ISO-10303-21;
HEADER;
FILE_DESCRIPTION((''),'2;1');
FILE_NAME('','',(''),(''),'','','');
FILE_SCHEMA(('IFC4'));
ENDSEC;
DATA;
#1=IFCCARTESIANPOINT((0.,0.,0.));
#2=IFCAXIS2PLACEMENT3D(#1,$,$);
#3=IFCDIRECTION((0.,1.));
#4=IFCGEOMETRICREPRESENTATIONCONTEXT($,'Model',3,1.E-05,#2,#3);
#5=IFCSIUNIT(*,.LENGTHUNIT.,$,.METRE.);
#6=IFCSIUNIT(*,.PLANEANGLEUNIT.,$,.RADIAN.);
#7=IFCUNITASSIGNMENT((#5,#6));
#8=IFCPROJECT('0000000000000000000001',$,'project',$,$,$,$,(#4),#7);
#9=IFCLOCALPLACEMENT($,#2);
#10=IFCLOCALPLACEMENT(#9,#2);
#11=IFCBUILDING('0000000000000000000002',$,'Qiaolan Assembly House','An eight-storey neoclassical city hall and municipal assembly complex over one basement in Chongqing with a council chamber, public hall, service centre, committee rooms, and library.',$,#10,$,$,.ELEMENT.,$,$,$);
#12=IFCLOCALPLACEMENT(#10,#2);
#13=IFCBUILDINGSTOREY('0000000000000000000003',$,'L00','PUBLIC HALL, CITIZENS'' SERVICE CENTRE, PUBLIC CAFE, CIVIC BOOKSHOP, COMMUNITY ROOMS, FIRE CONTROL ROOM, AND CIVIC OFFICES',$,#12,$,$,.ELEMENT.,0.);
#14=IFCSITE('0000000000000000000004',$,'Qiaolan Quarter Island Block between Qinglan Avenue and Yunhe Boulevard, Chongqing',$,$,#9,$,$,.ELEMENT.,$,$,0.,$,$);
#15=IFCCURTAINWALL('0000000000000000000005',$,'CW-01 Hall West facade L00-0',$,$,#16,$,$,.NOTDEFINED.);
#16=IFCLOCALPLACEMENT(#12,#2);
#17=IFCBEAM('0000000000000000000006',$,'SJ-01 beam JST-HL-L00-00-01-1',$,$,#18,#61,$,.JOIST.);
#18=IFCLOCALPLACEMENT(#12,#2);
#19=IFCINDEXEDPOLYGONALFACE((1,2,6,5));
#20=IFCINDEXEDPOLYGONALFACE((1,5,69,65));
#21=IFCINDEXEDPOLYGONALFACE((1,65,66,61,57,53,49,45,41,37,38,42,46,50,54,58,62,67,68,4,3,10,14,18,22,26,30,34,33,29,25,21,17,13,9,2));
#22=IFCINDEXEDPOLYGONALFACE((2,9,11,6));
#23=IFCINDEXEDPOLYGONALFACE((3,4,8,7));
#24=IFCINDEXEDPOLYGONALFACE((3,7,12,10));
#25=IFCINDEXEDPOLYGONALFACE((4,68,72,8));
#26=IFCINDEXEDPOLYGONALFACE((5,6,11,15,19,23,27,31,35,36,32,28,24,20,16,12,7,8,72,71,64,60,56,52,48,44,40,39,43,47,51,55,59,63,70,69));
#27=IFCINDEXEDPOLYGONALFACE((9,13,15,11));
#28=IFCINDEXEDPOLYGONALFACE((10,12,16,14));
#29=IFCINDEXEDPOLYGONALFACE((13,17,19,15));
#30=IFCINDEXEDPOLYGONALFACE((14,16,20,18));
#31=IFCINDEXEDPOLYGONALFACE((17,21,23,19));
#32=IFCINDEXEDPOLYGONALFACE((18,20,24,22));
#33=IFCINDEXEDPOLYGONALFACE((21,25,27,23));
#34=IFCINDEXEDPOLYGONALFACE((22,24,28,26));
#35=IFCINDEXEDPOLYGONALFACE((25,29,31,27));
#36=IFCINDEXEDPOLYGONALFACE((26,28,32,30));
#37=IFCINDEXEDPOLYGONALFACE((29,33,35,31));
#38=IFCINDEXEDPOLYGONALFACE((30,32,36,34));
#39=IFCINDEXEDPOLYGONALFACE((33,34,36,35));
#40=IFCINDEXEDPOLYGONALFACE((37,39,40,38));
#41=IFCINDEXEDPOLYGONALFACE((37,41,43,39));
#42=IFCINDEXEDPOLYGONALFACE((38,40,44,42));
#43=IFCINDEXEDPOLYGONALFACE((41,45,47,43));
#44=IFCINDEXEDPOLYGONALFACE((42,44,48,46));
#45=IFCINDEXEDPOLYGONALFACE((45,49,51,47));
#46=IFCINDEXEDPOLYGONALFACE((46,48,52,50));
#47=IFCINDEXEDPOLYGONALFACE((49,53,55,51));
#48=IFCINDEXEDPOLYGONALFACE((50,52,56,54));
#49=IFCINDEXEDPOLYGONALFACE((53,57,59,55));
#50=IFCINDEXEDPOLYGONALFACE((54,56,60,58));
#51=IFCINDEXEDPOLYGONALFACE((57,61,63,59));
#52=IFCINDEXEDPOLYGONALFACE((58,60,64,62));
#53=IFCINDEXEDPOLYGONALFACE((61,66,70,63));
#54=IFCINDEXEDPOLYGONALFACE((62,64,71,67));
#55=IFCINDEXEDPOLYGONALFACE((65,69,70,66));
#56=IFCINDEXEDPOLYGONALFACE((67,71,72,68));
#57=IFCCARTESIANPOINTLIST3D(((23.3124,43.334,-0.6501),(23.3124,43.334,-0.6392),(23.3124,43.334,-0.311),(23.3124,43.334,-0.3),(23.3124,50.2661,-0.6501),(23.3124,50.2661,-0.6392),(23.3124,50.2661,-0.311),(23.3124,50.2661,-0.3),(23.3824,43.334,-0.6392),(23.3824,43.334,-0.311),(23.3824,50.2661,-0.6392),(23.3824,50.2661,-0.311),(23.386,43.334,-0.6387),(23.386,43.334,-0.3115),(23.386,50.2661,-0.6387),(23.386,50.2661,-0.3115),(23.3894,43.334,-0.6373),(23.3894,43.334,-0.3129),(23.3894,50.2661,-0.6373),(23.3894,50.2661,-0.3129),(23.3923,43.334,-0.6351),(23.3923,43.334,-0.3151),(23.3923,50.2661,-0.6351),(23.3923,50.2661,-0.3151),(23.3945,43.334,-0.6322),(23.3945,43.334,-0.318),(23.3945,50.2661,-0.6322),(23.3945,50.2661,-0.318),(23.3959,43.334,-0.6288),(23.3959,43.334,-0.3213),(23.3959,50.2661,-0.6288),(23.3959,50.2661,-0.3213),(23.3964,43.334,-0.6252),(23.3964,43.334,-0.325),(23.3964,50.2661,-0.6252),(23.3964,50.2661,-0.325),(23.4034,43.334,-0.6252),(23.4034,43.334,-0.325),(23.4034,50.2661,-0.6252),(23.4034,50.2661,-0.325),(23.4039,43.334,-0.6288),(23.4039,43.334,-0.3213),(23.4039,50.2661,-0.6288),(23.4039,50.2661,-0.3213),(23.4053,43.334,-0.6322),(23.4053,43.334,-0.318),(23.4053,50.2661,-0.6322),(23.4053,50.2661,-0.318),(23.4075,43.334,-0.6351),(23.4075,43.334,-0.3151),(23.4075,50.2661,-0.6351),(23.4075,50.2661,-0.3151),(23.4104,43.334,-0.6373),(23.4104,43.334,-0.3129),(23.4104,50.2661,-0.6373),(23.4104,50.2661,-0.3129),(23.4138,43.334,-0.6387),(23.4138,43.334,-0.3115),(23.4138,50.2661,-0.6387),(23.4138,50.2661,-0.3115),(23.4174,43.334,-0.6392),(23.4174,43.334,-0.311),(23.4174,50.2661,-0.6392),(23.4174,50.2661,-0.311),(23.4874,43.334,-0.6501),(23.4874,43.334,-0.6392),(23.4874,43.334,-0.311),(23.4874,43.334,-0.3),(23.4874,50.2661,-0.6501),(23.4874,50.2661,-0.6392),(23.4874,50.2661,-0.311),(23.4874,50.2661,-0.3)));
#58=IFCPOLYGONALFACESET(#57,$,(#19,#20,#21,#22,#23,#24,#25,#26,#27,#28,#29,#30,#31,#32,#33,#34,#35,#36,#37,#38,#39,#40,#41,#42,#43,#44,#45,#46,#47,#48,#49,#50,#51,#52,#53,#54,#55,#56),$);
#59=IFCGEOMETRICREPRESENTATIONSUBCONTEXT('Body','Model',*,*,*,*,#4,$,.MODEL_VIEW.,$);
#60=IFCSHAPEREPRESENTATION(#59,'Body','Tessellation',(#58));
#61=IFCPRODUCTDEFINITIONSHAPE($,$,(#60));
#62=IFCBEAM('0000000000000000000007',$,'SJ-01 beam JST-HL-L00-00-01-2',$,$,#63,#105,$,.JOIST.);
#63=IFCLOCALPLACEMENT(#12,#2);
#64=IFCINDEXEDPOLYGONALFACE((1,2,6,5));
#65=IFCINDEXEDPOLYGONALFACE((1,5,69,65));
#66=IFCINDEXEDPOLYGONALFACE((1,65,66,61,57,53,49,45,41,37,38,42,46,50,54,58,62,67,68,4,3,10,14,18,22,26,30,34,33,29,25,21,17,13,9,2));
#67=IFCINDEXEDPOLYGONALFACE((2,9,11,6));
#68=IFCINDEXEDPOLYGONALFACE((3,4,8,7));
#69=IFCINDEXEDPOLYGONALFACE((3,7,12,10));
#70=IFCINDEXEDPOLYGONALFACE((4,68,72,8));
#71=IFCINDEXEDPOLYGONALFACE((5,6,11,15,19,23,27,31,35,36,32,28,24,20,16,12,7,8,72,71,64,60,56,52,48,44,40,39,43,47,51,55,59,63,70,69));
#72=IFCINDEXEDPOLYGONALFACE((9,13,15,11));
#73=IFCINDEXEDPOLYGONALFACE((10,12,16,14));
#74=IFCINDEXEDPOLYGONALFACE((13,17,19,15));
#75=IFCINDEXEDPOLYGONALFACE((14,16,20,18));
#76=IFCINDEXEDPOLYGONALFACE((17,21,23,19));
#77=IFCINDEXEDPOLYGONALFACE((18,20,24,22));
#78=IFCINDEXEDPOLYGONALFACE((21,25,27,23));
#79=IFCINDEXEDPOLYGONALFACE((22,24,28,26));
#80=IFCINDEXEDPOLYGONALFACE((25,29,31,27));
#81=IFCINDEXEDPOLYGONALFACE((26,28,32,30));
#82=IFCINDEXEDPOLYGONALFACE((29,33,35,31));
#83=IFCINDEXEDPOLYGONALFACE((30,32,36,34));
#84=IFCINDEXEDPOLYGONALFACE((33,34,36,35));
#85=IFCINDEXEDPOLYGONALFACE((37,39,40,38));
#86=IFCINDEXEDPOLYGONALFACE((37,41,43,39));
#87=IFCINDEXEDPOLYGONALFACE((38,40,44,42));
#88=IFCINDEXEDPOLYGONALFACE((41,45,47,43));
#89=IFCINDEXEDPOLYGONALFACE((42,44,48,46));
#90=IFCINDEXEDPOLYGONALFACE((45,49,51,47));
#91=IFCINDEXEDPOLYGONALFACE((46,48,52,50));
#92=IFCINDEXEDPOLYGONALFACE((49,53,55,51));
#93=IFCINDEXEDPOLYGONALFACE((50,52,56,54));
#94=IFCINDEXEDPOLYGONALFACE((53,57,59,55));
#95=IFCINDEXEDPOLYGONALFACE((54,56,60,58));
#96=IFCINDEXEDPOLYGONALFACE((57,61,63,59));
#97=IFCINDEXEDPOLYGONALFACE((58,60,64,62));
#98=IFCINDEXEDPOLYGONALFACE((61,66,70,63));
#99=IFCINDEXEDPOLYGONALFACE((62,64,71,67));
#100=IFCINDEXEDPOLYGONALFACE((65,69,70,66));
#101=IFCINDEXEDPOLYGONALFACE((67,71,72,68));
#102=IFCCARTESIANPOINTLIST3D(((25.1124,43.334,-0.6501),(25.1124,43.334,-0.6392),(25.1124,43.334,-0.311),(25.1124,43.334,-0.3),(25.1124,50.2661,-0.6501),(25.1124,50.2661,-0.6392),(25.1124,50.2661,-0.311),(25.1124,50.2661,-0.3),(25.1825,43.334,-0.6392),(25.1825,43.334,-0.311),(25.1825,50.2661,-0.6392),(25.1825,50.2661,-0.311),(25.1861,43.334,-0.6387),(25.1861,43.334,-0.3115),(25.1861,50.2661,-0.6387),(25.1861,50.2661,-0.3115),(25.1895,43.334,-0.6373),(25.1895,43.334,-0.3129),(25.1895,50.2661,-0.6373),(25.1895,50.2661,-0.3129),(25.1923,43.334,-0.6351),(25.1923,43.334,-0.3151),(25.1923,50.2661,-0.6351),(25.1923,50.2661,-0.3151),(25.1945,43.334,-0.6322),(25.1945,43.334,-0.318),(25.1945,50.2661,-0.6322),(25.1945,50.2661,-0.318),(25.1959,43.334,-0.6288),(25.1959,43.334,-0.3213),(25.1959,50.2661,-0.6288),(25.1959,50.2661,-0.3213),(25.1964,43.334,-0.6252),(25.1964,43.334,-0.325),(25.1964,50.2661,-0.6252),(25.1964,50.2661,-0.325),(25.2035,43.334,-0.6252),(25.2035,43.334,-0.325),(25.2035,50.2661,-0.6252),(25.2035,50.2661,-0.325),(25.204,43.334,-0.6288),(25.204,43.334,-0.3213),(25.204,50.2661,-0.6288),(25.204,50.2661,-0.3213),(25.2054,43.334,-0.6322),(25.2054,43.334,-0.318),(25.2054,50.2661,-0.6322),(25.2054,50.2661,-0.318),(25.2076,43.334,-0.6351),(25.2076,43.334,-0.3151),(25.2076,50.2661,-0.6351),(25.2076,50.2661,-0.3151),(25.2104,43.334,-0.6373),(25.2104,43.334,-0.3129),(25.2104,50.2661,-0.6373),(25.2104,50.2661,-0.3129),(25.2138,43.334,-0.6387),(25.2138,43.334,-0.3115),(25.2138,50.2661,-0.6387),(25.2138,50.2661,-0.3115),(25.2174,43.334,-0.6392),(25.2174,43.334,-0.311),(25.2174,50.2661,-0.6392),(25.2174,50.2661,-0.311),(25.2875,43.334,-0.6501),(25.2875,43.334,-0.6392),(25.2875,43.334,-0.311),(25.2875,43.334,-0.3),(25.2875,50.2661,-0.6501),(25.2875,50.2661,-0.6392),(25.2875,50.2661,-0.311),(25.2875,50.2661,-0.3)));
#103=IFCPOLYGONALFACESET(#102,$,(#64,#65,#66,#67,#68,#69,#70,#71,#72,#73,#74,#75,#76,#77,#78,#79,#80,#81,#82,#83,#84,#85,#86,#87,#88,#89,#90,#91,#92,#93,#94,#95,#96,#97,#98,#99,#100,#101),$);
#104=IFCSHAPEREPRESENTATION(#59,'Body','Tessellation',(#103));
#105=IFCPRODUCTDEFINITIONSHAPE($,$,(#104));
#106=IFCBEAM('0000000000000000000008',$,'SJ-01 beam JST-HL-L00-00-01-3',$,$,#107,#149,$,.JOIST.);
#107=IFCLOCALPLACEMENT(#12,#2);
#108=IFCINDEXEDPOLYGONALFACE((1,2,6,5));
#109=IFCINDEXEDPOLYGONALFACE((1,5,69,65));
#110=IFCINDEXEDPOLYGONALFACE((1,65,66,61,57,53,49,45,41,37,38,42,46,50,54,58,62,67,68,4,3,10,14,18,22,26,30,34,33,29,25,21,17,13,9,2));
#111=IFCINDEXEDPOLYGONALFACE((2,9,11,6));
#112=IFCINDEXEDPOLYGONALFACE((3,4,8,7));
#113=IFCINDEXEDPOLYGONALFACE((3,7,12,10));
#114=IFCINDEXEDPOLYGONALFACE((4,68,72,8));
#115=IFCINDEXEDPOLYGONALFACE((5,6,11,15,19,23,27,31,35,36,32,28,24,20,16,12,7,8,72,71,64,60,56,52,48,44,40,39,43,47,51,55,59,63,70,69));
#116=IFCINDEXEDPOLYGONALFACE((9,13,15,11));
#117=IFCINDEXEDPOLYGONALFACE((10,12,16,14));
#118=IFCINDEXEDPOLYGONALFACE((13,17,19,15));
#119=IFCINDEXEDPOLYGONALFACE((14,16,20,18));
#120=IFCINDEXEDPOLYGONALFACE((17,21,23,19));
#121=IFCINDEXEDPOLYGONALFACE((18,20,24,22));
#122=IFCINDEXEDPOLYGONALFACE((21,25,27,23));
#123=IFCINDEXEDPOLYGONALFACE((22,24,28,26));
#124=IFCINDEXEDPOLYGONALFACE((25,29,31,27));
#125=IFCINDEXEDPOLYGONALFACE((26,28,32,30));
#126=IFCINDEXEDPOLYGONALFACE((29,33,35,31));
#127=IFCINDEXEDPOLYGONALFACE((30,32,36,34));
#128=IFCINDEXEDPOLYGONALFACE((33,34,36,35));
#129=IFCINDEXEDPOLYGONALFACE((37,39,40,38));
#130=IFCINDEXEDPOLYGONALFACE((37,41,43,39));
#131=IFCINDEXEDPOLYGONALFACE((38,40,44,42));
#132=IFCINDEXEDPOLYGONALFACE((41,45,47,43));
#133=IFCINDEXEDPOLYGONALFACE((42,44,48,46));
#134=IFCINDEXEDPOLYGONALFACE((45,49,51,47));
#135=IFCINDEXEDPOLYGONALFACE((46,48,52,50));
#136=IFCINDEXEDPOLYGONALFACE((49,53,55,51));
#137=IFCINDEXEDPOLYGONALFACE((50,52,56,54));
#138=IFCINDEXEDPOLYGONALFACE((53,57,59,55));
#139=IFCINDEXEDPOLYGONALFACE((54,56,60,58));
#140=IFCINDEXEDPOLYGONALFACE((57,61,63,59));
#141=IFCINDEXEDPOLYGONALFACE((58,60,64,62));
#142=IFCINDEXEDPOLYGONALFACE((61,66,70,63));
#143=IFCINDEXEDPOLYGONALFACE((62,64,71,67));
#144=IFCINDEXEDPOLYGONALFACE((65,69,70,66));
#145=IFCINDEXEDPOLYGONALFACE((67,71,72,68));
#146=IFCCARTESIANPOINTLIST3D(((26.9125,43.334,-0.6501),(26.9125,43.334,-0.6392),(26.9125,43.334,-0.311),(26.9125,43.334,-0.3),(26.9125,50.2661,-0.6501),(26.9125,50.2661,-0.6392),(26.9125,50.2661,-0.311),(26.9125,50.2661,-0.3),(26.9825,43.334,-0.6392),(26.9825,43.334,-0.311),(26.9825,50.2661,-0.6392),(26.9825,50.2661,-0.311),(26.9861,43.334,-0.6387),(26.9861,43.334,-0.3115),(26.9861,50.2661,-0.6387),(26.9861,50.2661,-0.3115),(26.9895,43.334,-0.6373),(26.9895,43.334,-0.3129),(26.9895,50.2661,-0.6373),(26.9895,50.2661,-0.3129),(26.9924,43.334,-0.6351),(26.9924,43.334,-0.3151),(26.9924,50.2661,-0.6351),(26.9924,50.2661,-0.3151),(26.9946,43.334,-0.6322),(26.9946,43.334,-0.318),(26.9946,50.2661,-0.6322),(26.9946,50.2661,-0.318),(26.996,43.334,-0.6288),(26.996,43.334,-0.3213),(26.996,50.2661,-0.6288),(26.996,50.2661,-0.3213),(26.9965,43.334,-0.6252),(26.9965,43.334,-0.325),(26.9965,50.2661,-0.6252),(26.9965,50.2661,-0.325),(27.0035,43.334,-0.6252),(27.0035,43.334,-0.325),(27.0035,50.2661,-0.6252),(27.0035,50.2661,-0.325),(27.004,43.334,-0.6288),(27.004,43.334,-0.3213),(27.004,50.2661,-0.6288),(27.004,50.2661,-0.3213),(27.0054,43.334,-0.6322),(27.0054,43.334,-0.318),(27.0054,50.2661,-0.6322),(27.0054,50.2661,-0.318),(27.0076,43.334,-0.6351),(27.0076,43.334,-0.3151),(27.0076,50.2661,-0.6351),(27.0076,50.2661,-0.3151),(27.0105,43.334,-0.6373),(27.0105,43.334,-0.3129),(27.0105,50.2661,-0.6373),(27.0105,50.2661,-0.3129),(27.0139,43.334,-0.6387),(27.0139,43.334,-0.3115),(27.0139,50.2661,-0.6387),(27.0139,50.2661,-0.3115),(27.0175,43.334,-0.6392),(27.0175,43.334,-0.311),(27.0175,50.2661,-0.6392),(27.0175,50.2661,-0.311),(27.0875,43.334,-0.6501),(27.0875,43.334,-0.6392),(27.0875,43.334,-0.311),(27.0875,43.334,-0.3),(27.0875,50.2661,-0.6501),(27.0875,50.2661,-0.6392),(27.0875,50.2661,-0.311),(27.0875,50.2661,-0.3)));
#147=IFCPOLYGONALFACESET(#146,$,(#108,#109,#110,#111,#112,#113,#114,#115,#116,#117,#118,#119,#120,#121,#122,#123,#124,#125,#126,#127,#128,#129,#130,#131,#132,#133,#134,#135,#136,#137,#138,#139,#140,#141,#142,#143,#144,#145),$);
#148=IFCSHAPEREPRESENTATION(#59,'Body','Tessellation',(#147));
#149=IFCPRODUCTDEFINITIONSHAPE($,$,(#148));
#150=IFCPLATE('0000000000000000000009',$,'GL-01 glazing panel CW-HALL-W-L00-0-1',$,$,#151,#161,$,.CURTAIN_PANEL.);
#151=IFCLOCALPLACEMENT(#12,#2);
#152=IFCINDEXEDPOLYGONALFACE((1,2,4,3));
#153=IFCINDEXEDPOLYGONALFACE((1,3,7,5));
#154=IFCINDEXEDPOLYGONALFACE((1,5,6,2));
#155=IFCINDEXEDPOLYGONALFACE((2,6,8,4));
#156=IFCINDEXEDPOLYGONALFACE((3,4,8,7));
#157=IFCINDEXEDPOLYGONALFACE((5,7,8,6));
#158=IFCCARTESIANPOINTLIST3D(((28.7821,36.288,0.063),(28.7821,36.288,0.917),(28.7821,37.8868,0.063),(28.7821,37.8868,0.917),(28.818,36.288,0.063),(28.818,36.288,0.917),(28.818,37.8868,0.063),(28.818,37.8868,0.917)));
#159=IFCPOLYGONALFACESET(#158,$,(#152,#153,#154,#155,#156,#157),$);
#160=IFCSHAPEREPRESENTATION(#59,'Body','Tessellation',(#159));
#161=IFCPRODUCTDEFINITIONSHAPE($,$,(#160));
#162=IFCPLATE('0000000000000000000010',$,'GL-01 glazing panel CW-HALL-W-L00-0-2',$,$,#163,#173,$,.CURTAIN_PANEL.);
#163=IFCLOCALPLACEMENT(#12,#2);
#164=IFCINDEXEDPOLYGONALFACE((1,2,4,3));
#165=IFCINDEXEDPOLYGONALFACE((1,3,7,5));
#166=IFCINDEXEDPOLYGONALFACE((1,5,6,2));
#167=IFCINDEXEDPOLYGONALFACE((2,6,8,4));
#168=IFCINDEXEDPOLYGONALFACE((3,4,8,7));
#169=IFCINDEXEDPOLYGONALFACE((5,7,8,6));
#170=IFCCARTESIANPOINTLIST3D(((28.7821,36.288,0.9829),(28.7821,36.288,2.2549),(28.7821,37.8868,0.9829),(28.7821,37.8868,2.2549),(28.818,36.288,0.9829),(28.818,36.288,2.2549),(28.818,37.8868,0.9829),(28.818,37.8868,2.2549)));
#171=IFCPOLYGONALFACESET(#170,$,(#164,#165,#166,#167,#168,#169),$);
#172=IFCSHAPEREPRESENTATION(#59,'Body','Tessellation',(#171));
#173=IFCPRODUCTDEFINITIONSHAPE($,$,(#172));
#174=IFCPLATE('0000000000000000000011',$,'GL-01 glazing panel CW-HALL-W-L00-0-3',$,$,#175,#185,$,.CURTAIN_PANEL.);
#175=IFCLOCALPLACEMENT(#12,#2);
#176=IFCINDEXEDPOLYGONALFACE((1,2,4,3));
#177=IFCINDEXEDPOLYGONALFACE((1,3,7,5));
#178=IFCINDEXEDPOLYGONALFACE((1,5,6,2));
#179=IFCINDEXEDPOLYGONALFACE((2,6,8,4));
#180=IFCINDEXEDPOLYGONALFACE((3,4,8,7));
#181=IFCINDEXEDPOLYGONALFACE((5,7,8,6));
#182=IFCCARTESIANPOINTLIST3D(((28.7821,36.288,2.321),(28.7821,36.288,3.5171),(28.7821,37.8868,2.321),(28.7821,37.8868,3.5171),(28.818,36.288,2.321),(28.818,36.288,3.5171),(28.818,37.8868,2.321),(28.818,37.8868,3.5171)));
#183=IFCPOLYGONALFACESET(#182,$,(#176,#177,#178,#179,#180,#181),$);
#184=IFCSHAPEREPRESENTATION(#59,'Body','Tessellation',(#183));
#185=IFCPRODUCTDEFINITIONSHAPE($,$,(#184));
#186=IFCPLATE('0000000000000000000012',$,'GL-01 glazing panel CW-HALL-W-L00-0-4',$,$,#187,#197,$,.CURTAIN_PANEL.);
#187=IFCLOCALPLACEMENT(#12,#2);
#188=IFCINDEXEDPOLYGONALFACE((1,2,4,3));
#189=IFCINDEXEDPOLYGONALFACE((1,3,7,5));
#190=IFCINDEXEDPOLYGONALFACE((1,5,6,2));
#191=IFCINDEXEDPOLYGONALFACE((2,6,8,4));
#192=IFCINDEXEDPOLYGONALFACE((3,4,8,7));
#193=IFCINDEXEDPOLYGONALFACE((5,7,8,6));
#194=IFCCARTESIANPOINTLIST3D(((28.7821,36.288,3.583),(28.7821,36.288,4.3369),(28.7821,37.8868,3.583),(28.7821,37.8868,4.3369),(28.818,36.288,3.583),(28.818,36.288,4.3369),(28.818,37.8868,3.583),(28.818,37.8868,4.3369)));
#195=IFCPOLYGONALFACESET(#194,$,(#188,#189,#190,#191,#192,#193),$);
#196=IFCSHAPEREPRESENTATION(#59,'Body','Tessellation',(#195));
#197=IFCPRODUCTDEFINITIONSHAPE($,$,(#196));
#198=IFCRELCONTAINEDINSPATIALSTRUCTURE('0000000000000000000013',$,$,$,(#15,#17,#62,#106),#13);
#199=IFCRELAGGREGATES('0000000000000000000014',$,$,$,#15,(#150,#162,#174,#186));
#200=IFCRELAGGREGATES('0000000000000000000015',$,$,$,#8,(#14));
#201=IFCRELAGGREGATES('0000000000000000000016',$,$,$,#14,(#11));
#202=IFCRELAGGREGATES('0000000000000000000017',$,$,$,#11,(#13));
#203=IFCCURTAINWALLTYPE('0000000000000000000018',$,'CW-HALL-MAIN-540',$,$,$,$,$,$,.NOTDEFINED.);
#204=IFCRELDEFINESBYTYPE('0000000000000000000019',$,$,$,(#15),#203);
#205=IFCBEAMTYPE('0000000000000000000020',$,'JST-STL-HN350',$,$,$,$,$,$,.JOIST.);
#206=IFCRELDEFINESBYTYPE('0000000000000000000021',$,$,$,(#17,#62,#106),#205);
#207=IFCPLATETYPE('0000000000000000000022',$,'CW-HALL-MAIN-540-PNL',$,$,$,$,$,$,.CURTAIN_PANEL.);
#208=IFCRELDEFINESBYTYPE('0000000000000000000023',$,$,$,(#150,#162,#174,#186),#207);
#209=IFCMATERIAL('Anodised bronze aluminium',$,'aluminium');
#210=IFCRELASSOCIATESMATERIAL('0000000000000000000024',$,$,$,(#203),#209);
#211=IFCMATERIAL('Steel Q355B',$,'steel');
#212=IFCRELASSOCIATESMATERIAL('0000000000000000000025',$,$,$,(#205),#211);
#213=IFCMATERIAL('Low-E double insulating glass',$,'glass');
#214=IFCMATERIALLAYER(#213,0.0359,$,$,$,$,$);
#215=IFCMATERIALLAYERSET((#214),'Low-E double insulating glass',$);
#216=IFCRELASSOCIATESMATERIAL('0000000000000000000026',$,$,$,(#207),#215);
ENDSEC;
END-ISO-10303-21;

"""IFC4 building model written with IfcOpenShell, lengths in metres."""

from ifc_helpers import new_model, si_unit, direction, frame, frame_2d, origin, origin_2d, place, context, subcontext, project, spatial, rectangle, i_section, extrude, material, layer, layer_set, material_profile, profile_set, type_object, element, aggregate, save


model = new_model("IFC4")

# Units and contexts
model_context = context("Model", 3, precision=1e-05, world=origin(), true_north=direction((0.0, 1.0)))
body_context = subcontext(model_context, "Body", "Model", "MODEL_VIEW")
ifc_project = project(units=[si_unit("LENGTHUNIT", "METRE"), si_unit("PLANEANGLEUNIT", "RADIAN")], contexts=[model_context])

# Site, building, storey
site_placement = place(None, origin())
site = spatial("IfcSite", under=ifc_project, at=site_placement, Name="Qiaolan Quarter Island Block between Qinglan Avenue and Yunhe Boulevard, Chongqing", CompositionType="ELEMENT", RefElevation=0.0)
building_placement = place(site_placement, origin())
building = spatial("IfcBuilding", under=site, at=building_placement, Name="Qiaolan Assembly House", Description="An eight-storey neoclassical city hall and municipal assembly complex over one basement in Chongqing with a council chamber, public hall, service centre, committee rooms, and library.", CompositionType="ELEMENT")
storey_placement = place(building_placement, origin())
storey = spatial("IfcBuildingStorey", under=building, at=storey_placement, Name="L00", Description="PUBLIC HALL, CITIZENS' SERVICE CENTRE, PUBLIC CAFE, CIVIC BOOKSHOP, COMMUNITY ROOMS, FIRE CONTROL ROOM, AND CIVIC OFFICES", CompositionType="ELEMENT", Elevation=0.0)

# Shared definitions
ifc_material_1 = material(Name="Steel Q355B", Category="steel")

# Curtain wall
ifc_material_2 = material(Name="Anodised bronze aluminium", Category="aluminium")
curtain_wall_type = type_object("IfcCurtainWallType", Name="CW-HALL-MAIN-540", PredefinedType="NOTDEFINED", material=ifc_material_2)
curtain_wall_placement = place(storey_placement, origin())
curtain_wall = element("IfcCurtainWall", 1, at=curtain_wall_placement, inside=storey, type_object=curtain_wall_type, Name="CW-01 Hall West facade L00-0", PredefinedType="NOTDEFINED")

# Beams
ifc_material_profile_1 = material_profile(ifc_material_1, i_section(OverallWidth=0.175, OverallDepth=0.3501, WebThickness=0.0071, FlangeThickness=0.011, FilletRadius=0.0139, at=origin_2d()), Name="HN 350x175x7x11")
ifc_profile_set_1 = profile_set([ifc_material_profile_1], Name="Steel Q355B")
beam_type_1 = type_object("IfcBeamType", Name="JST-STL-HN350", PredefinedType="JOIST", material=ifc_profile_set_1)
for number, where, z_axis, x_axis, name in (
    (2, (23.3999, 43.334, -0.4751), (0.0, 1.0, 0.0), (-1.0, 0.0, 0.0), "SJ-01 beam JST-HL-L00-00-01-1"),
    (3, (25.2, 43.334, -0.4751), (0.0, 1.0, 0.0), (-1.0, 0.0, 0.0), "SJ-01 beam JST-HL-L00-00-01-2"),
    (4, (27.0, 43.334, -0.4751), (0.0, 1.0, 0.0), (-1.0, 0.0, 0.0), "SJ-01 beam JST-HL-L00-00-01-3"),
):
    element("IfcBeam", number, at=place(storey_placement, frame(where, z_axis=z_axis, x_axis=x_axis)), inside=storey, type_object=beam_type_1, Name=name, PredefinedType="JOIST", context=body_context, shape_type="SweptSolid", body=[
        extrude(i_section(OverallWidth=0.175, OverallDepth=0.3501, WebThickness=0.0071, FlangeThickness=0.011, FilletRadius=0.0139, at=origin_2d()), origin(), (0.0, 0.0, 1.0), 6.9321),
    ])

# Plates
ifc_material_3 = material(Name="Low-E double insulating glass", Category="glass")
ifc_layer = layer(ifc_material_3, 0.0359)
ifc_layer_set = layer_set([ifc_layer], Name="Low-E double insulating glass")
plate_type = type_object("IfcPlateType", Name="CW-HALL-MAIN-540-PNL", PredefinedType="CURTAIN_PANEL", material=ifc_layer_set)
plate_1_placement = place(storey_placement, frame((28.8, 36.2881, 0.063), z_axis=(0.0, 0.0, 1.0), x_axis=(0.0, 1.0, 0.0)))
plate_1 = element("IfcPlate", 5, at=plate_1_placement, type_object=plate_type, Name="GL-01 glazing panel CW-HALL-W-L00-0-1", PredefinedType="CURTAIN_PANEL", context=body_context, shape_type="SweptSolid", body=[
    extrude(rectangle(XDim=1.5989, YDim=0.0359, at=frame_2d((0.7993, 0.0))), origin(), (0.0, 0.0, 1.0), 0.854),
])
plate_2_placement = place(storey_placement, frame((28.8, 36.2881, 0.9829), z_axis=(0.0, 0.0, 1.0), x_axis=(0.0, 1.0, 0.0)))
plate_2 = element("IfcPlate", 6, at=plate_2_placement, type_object=plate_type, Name="GL-01 glazing panel CW-HALL-W-L00-0-2", PredefinedType="CURTAIN_PANEL", context=body_context, shape_type="SweptSolid", body=[
    extrude(rectangle(XDim=1.5989, YDim=0.0359, at=frame_2d((0.7993, 0.0))), origin(), (0.0, 0.0, 1.0), 1.272),
])
plate_3_placement = place(storey_placement, frame((28.8, 36.2881, 2.321), z_axis=(0.0, 0.0, 1.0), x_axis=(0.0, 1.0, 0.0)))
plate_3 = element("IfcPlate", 7, at=plate_3_placement, type_object=plate_type, Name="GL-01 glazing panel CW-HALL-W-L00-0-3", PredefinedType="CURTAIN_PANEL", context=body_context, shape_type="SweptSolid", body=[
    extrude(rectangle(XDim=1.5989, YDim=0.0359, at=frame_2d((0.7993, 0.0))), origin(), (0.0, 0.0, 1.0), 1.196),
])
plate_4_placement = place(storey_placement, frame((28.8, 36.2881, 3.583), z_axis=(0.0, 0.0, 1.0), x_axis=(0.0, 1.0, 0.0)))
plate_4 = element("IfcPlate", 8, at=plate_4_placement, type_object=plate_type, Name="GL-01 glazing panel CW-HALL-W-L00-0-4", PredefinedType="CURTAIN_PANEL", context=body_context, shape_type="SweptSolid", body=[
    extrude(rectangle(XDim=1.5989, YDim=0.0359, at=frame_2d((0.7993, 0.0))), origin(), (0.0, 0.0, 1.0), 0.7539),
])
aggregate(curtain_wall, [plate_1, plate_2, plate_3, plate_4])

save(model, "model.ifc")
